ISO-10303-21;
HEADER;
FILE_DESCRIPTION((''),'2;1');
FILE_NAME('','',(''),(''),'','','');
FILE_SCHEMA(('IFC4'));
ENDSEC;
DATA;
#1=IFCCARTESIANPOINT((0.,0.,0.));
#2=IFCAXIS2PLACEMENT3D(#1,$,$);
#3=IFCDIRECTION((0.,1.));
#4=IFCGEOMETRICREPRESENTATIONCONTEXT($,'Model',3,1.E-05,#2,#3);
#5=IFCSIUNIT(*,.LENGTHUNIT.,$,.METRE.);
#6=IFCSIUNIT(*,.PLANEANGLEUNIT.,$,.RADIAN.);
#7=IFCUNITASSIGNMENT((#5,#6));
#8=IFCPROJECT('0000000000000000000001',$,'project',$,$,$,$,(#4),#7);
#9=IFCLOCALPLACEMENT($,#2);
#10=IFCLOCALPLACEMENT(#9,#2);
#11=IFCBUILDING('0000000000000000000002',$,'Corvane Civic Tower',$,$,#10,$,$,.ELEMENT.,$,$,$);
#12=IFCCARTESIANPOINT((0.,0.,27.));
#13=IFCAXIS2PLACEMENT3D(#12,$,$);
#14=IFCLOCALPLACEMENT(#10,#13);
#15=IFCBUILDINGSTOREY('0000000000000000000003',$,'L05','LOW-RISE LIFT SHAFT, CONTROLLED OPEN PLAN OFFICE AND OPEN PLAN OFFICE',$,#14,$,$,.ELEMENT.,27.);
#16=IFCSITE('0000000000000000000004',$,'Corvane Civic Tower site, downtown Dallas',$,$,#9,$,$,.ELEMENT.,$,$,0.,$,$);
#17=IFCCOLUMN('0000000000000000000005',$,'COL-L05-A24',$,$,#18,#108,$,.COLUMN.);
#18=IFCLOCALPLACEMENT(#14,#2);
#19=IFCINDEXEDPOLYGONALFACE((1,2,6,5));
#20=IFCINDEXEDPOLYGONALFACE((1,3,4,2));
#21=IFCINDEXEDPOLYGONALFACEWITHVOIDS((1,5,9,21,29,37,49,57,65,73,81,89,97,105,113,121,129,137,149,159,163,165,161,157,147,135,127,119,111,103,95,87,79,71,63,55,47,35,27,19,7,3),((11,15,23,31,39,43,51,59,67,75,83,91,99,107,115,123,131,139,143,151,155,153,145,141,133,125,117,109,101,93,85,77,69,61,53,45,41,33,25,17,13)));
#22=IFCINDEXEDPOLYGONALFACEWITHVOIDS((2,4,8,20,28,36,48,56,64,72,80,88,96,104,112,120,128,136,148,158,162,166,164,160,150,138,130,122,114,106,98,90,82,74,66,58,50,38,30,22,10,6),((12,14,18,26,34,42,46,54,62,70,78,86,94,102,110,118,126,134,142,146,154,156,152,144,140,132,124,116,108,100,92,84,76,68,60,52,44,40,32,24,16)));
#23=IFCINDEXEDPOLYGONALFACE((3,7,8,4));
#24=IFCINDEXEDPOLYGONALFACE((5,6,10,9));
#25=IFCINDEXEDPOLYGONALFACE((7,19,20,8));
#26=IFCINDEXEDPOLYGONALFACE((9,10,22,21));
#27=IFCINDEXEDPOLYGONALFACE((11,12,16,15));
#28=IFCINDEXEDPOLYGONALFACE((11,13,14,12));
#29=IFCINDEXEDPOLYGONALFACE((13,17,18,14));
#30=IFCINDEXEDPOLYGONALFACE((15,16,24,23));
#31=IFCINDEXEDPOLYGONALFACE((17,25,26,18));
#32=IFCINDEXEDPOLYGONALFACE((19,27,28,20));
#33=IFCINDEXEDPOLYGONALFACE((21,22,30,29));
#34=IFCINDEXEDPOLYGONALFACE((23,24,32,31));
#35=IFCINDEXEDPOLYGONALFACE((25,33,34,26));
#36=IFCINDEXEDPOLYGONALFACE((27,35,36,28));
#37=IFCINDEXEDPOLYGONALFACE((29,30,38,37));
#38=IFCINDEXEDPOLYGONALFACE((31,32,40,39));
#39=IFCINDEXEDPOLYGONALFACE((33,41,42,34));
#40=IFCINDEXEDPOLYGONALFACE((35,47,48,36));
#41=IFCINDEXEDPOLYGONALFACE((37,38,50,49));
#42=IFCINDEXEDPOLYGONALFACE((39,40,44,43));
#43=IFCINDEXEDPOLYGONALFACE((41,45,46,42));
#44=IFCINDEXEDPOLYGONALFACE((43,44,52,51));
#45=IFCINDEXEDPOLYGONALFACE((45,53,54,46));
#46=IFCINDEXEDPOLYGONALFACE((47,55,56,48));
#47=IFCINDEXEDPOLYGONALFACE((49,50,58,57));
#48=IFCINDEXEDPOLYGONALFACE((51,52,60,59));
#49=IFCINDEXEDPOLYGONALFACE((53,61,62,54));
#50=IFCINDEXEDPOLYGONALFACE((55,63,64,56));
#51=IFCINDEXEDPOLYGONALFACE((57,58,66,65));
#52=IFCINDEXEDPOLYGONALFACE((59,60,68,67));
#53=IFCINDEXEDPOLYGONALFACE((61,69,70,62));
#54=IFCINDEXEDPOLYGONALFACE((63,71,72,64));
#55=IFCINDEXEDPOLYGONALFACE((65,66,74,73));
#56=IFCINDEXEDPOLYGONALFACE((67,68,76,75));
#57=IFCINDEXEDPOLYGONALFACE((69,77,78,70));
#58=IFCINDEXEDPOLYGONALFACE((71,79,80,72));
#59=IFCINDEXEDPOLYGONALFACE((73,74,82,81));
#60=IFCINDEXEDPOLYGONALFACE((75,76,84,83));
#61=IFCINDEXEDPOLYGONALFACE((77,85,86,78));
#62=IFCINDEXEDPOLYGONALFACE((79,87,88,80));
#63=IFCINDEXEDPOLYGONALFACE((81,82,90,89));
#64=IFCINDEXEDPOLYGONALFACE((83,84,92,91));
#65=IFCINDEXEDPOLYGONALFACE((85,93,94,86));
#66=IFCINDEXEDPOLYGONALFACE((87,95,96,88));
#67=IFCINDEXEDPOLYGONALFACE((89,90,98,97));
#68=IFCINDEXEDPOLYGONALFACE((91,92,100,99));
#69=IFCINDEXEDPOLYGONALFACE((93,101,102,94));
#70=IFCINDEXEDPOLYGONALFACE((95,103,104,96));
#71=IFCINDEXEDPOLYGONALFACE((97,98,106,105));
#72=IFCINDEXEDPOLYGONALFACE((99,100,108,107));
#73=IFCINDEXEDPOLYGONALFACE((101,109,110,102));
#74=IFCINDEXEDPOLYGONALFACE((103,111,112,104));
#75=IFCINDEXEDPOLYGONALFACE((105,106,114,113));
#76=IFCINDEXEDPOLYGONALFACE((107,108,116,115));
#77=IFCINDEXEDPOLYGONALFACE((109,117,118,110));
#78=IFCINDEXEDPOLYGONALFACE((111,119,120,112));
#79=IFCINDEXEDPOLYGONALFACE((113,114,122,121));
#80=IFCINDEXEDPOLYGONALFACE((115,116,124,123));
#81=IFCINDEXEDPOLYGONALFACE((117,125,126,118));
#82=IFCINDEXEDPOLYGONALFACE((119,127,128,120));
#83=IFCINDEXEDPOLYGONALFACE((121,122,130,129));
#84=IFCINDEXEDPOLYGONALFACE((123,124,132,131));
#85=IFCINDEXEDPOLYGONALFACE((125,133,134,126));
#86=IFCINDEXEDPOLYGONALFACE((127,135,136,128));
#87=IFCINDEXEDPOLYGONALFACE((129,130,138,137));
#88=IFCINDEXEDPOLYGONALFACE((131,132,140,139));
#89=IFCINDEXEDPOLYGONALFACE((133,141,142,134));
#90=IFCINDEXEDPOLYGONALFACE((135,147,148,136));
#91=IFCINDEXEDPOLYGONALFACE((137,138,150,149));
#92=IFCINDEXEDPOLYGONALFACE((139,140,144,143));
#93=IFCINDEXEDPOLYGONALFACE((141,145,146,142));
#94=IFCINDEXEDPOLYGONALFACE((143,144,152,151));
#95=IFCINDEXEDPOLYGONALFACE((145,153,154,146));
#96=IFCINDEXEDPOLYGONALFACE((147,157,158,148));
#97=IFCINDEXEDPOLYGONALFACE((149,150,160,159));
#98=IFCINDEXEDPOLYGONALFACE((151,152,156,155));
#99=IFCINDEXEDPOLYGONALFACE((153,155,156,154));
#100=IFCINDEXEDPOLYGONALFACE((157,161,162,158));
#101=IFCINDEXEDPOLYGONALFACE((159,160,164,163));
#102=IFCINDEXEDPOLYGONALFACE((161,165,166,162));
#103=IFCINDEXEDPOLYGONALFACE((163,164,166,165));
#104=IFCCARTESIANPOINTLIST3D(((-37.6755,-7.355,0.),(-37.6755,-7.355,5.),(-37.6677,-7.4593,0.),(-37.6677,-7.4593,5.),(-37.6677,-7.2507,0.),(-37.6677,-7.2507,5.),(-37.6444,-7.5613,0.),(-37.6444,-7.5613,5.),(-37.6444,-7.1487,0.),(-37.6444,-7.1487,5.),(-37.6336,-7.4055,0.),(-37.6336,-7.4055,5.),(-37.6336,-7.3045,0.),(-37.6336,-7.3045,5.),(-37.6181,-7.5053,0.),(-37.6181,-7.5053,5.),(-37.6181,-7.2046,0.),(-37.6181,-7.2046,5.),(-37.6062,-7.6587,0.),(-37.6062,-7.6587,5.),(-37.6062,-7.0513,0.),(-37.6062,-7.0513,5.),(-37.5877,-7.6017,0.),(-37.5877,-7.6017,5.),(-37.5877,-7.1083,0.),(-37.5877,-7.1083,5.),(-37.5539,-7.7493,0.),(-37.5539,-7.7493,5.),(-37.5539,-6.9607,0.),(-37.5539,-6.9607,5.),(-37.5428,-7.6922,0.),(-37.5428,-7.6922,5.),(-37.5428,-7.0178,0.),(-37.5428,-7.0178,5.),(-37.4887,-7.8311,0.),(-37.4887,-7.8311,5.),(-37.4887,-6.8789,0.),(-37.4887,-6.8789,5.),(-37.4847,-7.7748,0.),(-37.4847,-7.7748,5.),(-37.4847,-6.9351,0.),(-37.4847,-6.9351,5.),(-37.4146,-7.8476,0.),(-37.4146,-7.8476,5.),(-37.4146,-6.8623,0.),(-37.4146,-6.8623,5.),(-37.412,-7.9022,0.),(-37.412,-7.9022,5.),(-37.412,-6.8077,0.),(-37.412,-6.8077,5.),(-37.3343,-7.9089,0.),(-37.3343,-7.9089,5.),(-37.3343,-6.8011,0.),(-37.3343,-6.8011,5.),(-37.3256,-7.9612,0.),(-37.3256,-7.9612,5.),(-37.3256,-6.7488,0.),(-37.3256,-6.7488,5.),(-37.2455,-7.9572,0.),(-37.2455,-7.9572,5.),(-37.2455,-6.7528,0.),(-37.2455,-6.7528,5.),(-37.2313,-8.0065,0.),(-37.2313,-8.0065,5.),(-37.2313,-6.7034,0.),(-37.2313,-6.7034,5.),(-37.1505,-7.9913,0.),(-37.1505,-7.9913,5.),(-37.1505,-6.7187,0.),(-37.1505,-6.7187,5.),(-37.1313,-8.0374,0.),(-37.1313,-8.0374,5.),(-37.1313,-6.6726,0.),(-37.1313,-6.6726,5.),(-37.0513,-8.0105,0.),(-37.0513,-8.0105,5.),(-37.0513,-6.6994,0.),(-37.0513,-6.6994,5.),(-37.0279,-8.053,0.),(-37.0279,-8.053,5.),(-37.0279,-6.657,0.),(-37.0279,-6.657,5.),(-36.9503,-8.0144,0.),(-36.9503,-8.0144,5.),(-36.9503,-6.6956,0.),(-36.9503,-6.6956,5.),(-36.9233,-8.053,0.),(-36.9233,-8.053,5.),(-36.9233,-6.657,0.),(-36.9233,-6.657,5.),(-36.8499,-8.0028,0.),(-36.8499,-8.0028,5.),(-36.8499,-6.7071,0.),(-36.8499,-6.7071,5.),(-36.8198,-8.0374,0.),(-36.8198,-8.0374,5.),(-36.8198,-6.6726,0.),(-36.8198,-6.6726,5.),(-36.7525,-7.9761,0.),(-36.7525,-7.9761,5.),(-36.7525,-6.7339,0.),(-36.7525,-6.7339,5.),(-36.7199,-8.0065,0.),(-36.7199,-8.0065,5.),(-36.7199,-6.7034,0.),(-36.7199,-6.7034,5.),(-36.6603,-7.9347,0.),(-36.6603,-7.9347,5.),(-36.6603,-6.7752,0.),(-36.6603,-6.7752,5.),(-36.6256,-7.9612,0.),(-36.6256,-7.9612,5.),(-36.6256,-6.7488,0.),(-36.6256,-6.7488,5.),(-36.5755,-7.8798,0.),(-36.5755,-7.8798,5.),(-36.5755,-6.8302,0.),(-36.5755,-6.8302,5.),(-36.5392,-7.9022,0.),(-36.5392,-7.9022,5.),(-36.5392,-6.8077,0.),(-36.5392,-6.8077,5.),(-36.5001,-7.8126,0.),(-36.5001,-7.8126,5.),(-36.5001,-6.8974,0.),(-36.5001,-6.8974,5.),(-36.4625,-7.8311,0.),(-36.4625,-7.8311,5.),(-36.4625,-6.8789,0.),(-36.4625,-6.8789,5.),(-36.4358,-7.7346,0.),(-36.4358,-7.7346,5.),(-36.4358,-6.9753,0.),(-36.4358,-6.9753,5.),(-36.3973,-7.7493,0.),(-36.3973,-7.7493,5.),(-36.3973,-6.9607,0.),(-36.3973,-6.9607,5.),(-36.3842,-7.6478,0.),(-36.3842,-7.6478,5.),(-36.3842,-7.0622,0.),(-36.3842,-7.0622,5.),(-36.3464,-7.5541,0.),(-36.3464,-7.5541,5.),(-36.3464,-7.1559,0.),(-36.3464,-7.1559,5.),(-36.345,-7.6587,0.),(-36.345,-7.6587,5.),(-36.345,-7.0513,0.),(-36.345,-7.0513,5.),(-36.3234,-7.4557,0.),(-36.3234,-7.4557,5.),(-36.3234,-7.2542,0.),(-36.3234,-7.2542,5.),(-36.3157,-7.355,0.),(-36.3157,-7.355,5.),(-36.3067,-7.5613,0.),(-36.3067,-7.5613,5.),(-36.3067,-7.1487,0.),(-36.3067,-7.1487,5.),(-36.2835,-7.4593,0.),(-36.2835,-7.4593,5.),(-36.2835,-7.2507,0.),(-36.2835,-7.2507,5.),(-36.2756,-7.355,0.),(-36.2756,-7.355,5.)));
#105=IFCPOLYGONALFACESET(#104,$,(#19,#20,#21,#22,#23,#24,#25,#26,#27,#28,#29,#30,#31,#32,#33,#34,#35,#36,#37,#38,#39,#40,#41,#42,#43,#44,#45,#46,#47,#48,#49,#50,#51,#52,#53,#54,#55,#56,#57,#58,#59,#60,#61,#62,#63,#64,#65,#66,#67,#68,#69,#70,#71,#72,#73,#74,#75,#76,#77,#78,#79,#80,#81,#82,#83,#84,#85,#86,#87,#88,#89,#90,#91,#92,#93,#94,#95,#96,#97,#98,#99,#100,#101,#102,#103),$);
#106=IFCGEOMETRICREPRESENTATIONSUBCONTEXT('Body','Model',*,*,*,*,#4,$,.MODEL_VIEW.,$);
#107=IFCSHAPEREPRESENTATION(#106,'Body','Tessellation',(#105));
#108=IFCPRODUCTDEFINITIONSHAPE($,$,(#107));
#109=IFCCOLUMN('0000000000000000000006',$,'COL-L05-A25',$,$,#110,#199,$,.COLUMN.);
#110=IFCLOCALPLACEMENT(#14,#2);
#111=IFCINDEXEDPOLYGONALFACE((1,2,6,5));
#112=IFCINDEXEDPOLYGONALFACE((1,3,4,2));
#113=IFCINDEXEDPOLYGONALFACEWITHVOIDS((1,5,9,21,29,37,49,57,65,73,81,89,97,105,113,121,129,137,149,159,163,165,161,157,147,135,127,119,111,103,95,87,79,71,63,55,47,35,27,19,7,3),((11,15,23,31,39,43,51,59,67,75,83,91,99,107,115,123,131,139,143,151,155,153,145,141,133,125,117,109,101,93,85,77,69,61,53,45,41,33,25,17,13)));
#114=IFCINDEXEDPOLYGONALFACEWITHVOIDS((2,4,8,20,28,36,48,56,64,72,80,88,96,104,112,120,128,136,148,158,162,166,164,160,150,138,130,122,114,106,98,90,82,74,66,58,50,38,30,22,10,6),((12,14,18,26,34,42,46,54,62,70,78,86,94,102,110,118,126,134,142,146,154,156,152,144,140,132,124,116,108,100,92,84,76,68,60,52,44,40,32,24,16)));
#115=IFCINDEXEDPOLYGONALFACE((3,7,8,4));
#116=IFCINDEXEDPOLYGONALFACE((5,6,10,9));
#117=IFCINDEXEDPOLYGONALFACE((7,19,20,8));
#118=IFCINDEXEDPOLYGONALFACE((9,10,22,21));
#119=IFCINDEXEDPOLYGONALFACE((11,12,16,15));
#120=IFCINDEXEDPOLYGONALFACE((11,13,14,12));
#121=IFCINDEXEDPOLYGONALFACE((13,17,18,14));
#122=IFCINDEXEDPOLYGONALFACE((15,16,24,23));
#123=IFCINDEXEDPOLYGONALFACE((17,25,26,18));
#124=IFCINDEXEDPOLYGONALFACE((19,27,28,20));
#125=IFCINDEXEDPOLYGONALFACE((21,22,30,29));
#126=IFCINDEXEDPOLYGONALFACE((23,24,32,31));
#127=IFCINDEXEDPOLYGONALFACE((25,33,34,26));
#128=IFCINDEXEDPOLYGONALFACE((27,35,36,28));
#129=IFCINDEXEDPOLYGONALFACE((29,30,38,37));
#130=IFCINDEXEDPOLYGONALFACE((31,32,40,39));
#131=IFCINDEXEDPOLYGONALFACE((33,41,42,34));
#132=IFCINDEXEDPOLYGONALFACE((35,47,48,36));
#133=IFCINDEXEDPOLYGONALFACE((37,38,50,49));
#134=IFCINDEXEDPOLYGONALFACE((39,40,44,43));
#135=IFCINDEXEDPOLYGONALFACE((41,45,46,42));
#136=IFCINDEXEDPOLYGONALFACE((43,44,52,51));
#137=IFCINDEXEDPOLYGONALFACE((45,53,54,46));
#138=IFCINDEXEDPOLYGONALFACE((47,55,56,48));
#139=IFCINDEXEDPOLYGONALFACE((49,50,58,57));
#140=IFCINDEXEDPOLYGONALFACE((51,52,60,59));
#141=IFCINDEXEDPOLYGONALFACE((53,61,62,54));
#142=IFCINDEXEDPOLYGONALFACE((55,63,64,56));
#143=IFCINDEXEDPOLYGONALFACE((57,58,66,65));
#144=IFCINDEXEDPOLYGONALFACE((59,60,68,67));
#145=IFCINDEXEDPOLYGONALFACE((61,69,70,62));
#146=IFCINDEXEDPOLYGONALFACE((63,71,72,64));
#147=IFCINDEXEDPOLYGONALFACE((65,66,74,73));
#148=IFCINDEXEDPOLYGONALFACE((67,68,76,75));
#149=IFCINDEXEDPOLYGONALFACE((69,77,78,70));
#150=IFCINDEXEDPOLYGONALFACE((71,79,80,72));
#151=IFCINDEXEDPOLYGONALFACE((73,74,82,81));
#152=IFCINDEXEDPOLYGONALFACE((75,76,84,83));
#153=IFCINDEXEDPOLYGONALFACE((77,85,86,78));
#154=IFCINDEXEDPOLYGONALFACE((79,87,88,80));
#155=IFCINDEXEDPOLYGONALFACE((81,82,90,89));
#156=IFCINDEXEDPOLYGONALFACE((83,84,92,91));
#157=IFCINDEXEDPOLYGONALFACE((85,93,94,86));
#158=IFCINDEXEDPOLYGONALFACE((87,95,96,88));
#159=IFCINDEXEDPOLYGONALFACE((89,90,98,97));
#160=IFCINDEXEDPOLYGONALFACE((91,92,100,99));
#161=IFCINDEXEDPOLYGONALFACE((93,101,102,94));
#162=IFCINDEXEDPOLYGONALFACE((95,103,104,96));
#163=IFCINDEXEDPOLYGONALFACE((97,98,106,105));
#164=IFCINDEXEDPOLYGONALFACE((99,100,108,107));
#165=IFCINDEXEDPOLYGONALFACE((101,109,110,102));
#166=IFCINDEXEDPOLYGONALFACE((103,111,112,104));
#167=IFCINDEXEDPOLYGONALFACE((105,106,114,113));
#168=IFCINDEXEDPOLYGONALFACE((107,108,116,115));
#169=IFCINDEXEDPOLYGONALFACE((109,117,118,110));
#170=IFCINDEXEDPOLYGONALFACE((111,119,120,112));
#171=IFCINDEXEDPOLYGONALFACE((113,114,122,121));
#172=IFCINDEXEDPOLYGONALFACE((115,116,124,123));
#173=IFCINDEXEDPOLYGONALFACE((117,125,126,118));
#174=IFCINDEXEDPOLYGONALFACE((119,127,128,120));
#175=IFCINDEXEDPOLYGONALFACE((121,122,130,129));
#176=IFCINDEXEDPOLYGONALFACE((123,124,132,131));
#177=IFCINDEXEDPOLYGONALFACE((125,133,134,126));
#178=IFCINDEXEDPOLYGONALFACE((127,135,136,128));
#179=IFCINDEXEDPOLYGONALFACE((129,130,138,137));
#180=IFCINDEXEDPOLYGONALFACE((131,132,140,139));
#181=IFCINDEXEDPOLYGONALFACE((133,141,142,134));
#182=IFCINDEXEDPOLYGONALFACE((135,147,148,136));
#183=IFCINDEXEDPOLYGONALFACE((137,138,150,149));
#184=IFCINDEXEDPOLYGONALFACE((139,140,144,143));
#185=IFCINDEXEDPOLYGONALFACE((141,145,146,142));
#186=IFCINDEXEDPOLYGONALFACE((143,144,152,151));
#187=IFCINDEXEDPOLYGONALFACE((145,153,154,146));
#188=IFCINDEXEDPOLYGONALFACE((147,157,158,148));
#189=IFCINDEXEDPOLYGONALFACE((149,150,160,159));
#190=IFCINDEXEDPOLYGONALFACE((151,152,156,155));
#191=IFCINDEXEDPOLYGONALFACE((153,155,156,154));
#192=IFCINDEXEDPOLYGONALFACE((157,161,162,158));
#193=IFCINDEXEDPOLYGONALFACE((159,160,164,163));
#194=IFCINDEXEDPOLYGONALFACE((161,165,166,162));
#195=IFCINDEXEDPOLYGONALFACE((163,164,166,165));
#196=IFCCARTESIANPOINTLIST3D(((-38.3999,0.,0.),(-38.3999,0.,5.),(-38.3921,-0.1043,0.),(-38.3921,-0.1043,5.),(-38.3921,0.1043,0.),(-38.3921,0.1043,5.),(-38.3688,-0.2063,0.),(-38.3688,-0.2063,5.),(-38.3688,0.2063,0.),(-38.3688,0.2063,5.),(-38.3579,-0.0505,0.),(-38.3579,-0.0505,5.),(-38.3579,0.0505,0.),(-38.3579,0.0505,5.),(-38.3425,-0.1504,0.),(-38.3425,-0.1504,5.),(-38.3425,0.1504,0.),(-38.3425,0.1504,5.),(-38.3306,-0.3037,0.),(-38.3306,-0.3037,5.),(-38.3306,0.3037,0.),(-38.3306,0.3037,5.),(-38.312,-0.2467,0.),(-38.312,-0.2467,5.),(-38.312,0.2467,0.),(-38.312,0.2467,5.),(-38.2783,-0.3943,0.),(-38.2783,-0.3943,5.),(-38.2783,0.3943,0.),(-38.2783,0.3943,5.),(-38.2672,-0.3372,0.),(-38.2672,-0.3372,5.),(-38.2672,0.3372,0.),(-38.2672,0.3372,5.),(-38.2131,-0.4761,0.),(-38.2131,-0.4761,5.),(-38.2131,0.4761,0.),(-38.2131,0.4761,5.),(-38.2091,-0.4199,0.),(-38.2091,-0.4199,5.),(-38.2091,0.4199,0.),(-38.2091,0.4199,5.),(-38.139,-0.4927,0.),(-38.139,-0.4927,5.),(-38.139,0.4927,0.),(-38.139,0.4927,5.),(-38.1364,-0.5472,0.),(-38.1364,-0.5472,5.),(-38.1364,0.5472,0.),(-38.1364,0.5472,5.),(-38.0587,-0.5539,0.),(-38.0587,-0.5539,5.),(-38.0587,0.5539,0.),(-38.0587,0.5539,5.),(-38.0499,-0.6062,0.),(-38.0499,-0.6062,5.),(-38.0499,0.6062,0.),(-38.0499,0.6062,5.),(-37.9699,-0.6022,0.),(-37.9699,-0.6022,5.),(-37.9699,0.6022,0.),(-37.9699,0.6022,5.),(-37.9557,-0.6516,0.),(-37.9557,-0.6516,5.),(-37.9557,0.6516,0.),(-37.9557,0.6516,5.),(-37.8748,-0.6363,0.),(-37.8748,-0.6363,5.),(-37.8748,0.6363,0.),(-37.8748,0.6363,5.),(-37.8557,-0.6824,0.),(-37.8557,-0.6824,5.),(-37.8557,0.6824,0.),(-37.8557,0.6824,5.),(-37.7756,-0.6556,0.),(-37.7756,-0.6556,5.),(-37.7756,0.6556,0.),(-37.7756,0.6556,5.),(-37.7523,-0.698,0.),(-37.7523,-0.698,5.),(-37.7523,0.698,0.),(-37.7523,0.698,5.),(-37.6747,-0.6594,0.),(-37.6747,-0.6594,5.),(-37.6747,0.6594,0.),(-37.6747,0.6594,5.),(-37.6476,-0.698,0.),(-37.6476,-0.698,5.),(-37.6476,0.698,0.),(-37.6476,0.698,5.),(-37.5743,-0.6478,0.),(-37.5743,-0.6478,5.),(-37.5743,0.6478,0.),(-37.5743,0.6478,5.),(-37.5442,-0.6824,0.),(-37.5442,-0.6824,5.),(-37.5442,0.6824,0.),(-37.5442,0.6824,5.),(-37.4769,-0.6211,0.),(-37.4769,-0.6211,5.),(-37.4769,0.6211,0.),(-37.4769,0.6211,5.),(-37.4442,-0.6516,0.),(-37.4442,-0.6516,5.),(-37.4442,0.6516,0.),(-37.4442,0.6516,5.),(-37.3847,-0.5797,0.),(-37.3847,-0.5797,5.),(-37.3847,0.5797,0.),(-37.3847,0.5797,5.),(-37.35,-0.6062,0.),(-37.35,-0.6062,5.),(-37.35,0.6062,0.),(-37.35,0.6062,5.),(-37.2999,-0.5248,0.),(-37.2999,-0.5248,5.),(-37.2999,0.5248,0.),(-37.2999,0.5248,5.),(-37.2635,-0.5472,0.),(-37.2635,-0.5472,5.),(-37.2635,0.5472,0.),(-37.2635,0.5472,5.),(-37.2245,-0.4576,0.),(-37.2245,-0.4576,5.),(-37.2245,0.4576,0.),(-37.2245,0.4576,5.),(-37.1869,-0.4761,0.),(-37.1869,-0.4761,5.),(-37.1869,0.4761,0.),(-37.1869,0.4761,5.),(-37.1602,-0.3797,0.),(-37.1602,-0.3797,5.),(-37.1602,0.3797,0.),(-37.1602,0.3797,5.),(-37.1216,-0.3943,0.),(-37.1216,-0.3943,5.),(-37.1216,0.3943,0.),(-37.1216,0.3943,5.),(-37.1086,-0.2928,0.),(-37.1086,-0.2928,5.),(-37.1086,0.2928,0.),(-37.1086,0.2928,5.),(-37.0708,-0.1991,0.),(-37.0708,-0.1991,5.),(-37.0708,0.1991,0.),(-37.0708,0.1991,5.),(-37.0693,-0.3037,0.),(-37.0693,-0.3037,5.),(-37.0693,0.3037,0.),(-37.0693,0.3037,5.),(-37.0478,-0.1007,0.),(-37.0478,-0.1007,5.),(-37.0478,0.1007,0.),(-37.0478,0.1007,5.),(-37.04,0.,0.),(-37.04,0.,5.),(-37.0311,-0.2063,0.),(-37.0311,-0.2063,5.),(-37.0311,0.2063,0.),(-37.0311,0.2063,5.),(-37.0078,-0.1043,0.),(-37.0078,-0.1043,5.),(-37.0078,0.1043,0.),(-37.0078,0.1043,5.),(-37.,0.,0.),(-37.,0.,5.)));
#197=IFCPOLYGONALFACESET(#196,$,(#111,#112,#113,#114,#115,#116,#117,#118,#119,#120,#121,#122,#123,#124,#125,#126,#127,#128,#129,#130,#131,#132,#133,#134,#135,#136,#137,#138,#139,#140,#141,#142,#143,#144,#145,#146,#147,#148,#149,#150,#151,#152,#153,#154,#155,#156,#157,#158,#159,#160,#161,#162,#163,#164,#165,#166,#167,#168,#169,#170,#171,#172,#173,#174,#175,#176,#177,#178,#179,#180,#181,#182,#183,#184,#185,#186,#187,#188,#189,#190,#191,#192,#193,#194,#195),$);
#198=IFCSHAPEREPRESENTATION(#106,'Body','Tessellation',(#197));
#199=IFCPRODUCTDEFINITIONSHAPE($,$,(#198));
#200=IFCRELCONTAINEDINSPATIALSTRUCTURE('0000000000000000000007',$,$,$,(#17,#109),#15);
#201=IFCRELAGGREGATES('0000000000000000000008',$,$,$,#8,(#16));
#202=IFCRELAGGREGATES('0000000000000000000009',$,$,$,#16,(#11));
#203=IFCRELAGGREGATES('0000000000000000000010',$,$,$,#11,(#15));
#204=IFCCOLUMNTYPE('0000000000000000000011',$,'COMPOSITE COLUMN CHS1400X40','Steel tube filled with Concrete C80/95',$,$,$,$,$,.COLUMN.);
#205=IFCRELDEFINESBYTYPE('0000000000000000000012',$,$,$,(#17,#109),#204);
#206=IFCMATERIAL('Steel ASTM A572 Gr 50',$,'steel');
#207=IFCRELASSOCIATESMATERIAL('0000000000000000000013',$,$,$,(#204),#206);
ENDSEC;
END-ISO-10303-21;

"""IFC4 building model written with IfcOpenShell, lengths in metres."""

from ifc_helpers import new_model, si_unit, direction, frame, origin, origin_2d, place, context, subcontext, project, spatial, hollow_circle, extrude, material, material_profile, profile_set, type_object, element, save


model = new_model("IFC4")

# Units and contexts
model_context = context("Model", 3, precision=1e-05, world=origin(), true_north=direction((0.0, 1.0)))
body_context = subcontext(model_context, "Body", "Model", "MODEL_VIEW")
ifc_project = project(units=[si_unit("LENGTHUNIT", "METRE"), si_unit("PLANEANGLEUNIT", "RADIAN")], contexts=[model_context])

# Site, building, storey
site_placement = place(None, origin())
site = spatial("IfcSite", under=ifc_project, at=site_placement, Name="Corvane Civic Tower site, downtown Dallas", CompositionType="ELEMENT", RefElevation=0.0)
building_placement = place(site_placement, origin())
building = spatial("IfcBuilding", under=site, at=building_placement, Name="Corvane Civic Tower", CompositionType="ELEMENT")
storey_placement = place(building_placement, frame((0.0, 0.0, 27.0)))
storey = spatial("IfcBuildingStorey", under=building, at=storey_placement, Name="L05", Description="LOW-RISE LIFT SHAFT, CONTROLLED OPEN PLAN OFFICE AND OPEN PLAN OFFICE", CompositionType="ELEMENT", Elevation=27.0)

# Columns
ifc_material_1 = material(Name="Steel ASTM A572 Gr 50", Category="steel")
ifc_material_profile_1 = material_profile(ifc_material_1, hollow_circle(Radius=0.7, WallThickness=0.04, at=origin_2d()), Name="CHS1400X40")
ifc_profile_set_1 = profile_set([ifc_material_profile_1], Name="Steel ASTM A572 Gr 50")
column_type_1 = type_object("IfcColumnType", Name="COMPOSITE COLUMN CHS1400X40", Description="Steel tube filled with Concrete C80/95", PredefinedType="COLUMN", material=ifc_profile_set_1)
for number, where, z_axis, x_axis, name in (
    (1, (-36.9756, -7.355, 0.0), (0.0, 0.0, 1.0), (1.0, 0.0, 0.0), "COL-L05-A24"),
    (2, (-37.7, 0.0, 0.0), (0.0, 0.0, 1.0), (1.0, 0.0, 0.0), "COL-L05-A25"),
):
    element("IfcColumn", number, at=place(storey_placement, frame(where, z_axis=z_axis, x_axis=x_axis)), inside=storey, type_object=column_type_1, Name=name, PredefinedType="COLUMN", context=body_context, shape_type="SweptSolid", body=[
        extrude(hollow_circle(Radius=0.7, WallThickness=0.04, at=origin_2d()), origin(), (0.0, 0.0, 1.0), 5.0),
    ])

save(model, "model.ifc")
